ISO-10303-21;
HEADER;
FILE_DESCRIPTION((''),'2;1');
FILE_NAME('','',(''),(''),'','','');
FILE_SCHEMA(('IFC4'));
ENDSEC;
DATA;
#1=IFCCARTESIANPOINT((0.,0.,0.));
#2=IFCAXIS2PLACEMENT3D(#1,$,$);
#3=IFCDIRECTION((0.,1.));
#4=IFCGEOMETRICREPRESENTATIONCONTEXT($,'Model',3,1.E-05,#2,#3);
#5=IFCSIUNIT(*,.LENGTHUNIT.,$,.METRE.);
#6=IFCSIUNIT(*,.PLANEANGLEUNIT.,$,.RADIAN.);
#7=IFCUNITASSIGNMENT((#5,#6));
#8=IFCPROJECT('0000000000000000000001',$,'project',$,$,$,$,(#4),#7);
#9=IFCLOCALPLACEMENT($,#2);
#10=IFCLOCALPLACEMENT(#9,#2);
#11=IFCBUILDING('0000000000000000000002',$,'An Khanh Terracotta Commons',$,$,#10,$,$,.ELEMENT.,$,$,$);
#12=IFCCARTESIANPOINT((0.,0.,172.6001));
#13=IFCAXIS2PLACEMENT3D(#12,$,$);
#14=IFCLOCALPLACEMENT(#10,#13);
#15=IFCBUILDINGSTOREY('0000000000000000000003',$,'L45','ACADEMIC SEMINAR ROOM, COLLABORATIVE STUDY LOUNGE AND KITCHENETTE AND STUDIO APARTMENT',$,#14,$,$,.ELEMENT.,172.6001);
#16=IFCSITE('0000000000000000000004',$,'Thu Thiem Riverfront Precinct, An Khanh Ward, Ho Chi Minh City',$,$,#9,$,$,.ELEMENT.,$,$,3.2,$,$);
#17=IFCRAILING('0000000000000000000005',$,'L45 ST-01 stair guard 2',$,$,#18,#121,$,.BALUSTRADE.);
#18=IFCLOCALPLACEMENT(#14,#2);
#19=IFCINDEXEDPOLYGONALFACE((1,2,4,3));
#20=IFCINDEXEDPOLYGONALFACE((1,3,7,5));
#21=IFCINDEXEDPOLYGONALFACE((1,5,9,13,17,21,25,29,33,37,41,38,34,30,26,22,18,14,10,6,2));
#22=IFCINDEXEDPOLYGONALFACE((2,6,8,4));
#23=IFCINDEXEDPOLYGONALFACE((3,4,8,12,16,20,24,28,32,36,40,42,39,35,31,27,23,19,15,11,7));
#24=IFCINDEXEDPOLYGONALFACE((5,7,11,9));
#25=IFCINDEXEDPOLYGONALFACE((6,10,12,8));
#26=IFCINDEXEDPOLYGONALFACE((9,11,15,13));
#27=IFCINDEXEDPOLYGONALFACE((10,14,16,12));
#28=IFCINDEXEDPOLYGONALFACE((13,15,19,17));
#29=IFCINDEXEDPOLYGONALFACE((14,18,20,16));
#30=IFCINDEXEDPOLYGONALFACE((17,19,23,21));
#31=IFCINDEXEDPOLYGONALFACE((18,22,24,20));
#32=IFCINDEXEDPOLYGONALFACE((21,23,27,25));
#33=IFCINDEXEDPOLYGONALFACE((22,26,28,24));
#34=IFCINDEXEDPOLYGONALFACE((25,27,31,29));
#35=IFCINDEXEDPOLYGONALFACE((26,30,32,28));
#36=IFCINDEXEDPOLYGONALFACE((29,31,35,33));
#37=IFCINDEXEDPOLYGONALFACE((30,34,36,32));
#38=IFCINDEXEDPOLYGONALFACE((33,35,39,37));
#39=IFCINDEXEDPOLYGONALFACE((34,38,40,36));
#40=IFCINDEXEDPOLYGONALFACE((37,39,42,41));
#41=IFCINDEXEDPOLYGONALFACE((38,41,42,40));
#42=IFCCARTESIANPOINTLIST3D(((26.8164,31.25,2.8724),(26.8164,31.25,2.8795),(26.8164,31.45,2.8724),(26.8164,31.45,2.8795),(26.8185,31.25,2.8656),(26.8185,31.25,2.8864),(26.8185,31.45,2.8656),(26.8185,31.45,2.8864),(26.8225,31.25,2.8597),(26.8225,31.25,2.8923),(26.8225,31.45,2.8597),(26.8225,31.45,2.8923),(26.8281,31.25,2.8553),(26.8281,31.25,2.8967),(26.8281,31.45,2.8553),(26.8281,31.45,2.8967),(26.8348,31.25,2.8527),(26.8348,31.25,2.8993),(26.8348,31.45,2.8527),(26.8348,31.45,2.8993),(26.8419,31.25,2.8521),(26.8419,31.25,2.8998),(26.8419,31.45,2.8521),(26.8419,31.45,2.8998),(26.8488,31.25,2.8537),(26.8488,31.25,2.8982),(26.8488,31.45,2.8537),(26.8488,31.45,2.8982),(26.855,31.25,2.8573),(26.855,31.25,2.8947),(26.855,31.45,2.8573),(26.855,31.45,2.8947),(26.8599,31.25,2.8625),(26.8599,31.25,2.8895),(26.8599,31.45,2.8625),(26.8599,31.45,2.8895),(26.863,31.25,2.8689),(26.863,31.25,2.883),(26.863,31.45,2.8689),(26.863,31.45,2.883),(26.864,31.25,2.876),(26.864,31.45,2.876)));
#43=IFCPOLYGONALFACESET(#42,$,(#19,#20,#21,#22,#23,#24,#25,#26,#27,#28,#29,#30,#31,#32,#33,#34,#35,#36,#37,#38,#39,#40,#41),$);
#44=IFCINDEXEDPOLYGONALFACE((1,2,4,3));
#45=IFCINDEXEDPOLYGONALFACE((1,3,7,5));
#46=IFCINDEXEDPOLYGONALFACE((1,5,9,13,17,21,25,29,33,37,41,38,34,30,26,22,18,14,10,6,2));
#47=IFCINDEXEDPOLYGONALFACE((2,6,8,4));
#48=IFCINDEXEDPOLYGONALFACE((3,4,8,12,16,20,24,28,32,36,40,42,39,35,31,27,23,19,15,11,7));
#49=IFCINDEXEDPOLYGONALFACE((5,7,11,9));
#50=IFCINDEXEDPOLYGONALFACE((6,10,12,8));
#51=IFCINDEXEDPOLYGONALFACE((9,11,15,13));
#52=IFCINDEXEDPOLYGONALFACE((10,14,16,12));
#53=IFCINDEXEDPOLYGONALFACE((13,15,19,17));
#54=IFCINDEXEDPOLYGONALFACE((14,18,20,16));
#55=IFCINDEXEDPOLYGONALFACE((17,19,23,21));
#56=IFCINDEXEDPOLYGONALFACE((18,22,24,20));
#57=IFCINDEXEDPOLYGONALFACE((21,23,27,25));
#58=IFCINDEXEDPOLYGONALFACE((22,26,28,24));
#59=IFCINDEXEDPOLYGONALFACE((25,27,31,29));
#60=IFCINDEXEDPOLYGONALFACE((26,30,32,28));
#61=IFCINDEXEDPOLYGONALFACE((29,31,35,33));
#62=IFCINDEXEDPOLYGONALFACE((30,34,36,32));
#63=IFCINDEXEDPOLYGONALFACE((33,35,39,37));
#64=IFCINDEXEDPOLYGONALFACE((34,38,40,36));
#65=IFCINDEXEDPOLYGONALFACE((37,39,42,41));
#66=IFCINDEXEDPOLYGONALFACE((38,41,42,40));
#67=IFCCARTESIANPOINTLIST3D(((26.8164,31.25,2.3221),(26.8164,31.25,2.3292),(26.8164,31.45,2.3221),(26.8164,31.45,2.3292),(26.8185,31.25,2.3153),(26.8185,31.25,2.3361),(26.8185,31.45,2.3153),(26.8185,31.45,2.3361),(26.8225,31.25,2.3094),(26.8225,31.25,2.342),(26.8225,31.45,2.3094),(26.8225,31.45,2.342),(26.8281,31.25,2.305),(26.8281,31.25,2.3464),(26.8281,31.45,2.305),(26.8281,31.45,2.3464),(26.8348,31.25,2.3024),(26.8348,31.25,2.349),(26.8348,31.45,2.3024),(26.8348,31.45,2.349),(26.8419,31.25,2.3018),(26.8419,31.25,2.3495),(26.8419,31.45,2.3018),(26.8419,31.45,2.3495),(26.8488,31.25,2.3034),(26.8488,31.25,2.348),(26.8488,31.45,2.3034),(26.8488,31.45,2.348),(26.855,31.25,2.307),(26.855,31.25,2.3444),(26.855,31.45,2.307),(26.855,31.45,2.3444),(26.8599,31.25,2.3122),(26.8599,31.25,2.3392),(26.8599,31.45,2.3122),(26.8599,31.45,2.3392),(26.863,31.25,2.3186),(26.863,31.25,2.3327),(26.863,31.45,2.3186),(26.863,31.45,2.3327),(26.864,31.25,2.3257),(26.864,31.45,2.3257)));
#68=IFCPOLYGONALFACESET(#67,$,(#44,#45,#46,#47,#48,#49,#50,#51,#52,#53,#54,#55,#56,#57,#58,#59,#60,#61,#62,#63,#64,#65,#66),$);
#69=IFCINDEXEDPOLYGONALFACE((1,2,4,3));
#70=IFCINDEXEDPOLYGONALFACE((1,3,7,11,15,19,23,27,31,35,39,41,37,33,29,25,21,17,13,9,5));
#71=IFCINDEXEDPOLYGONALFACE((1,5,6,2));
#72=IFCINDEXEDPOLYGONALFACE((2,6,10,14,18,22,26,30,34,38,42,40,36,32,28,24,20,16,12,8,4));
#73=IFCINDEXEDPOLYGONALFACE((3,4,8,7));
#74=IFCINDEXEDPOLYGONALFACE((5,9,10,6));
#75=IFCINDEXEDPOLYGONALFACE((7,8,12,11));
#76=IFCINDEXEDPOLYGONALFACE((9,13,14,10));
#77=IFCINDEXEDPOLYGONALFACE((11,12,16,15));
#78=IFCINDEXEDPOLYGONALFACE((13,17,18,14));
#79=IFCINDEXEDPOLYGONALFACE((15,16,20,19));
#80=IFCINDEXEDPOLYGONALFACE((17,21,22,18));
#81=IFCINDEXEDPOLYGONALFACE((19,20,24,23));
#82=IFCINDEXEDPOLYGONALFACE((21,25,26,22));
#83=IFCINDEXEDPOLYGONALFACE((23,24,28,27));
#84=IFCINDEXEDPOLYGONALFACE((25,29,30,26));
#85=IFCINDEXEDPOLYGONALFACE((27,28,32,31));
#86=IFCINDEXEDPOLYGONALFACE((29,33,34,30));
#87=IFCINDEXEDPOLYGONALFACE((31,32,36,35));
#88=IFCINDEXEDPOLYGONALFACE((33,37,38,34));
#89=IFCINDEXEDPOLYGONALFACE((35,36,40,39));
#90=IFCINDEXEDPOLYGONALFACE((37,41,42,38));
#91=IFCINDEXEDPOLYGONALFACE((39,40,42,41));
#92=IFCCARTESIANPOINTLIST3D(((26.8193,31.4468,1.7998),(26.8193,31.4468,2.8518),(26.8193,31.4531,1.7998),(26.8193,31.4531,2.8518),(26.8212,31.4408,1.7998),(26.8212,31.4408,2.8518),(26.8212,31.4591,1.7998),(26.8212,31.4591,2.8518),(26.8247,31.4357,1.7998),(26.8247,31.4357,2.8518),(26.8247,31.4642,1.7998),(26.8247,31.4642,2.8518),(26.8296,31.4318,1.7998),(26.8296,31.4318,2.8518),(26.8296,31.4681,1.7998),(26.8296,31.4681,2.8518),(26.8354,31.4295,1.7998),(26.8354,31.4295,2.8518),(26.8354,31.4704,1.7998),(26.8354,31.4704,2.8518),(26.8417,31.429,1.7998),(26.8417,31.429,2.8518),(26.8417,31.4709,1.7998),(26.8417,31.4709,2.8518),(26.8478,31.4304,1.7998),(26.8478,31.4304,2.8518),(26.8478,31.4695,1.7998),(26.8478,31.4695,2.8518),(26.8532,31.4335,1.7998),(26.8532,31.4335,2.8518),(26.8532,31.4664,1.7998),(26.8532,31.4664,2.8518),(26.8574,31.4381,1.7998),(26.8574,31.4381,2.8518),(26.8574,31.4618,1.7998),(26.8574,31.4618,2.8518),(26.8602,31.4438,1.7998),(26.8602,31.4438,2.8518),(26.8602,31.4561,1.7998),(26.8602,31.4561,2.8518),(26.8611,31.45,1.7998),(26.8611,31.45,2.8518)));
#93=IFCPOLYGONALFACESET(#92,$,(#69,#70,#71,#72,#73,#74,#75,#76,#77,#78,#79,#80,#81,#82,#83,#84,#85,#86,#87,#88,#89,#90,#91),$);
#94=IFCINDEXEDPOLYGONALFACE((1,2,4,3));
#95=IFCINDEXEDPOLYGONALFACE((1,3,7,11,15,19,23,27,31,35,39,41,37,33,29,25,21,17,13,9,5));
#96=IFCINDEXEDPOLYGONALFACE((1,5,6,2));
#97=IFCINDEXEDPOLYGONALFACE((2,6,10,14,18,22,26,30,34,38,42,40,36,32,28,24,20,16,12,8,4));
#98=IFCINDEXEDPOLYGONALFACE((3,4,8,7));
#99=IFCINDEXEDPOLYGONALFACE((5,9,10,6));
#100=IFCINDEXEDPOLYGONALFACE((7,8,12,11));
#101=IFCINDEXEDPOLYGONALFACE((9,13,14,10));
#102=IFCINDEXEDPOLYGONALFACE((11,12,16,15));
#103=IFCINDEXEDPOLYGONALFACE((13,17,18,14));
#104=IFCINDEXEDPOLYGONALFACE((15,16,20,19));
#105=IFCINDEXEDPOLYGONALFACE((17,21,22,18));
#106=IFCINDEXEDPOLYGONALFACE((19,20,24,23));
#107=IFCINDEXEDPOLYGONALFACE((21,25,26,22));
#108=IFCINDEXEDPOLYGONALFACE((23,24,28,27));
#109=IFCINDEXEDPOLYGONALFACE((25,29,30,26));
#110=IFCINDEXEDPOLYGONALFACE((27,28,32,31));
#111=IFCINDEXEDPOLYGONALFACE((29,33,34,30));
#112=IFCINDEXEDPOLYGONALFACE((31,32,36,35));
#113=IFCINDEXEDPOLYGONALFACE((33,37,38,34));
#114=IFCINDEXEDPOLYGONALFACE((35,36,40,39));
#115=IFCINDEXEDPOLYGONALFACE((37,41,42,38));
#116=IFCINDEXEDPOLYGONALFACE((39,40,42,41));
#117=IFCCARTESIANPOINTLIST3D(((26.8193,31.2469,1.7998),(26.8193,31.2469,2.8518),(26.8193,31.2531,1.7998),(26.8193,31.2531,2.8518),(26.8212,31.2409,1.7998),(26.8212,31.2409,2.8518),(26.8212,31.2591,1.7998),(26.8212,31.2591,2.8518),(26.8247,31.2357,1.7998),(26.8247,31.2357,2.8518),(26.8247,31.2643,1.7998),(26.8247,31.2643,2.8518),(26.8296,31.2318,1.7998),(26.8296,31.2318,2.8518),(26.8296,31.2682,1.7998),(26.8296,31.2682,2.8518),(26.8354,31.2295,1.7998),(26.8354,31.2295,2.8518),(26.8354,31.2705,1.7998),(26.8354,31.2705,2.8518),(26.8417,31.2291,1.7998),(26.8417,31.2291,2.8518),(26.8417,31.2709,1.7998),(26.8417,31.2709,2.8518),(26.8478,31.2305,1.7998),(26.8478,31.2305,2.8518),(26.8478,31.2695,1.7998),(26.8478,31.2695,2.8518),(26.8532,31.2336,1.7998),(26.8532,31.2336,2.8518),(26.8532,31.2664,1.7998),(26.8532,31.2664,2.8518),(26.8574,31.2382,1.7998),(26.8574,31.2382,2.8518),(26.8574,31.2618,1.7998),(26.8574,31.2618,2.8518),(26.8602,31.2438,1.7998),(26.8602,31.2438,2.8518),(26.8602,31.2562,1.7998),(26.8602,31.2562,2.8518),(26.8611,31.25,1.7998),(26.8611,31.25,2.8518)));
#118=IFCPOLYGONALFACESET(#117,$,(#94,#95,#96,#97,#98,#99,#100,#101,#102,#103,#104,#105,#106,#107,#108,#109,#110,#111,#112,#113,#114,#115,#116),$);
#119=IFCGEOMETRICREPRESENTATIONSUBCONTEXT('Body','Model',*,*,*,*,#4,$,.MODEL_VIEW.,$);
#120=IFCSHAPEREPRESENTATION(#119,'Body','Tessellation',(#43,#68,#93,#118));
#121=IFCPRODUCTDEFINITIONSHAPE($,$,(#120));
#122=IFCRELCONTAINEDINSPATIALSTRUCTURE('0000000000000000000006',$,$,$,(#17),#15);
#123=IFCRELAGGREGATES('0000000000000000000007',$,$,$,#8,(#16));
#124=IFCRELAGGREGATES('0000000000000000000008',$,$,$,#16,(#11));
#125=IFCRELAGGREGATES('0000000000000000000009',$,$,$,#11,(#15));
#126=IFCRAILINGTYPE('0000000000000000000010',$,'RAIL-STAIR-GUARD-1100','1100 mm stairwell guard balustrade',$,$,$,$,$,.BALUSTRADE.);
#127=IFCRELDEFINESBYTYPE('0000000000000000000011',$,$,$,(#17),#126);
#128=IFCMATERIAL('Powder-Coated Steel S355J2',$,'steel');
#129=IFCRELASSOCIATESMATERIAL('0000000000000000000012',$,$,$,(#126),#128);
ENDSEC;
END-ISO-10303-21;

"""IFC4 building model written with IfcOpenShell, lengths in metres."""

from ifc_helpers import new_model, si_unit, direction, frame, origin, origin_2d, place, context, subcontext, project, spatial, circle, extrude, material, type_object, element, save


model = new_model("IFC4")

# Units and contexts
model_context = context("Model", 3, precision=1e-05, world=origin(), true_north=direction((0.0, 1.0)))
body_context = subcontext(model_context, "Body", "Model", "MODEL_VIEW")
ifc_project = project(units=[si_unit("LENGTHUNIT", "METRE"), si_unit("PLANEANGLEUNIT", "RADIAN")], contexts=[model_context])

# Site, building, storey
site_placement = place(None, origin())
site = spatial("IfcSite", under=ifc_project, at=site_placement, Name="Thu Thiem Riverfront Precinct, An Khanh Ward, Ho Chi Minh City", CompositionType="ELEMENT", RefElevation=3.2)
building_placement = place(site_placement, origin())
building = spatial("IfcBuilding", under=site, at=building_placement, Name="An Khanh Terracotta Commons", CompositionType="ELEMENT")
storey_placement = place(building_placement, frame((0.0, 0.0, 172.6001)))
storey = spatial("IfcBuildingStorey", under=building, at=storey_placement, Name="L45", Description="ACADEMIC SEMINAR ROOM, COLLABORATIVE STUDY LOUNGE AND KITCHENETTE AND STUDIO APARTMENT", CompositionType="ELEMENT", Elevation=172.6001)

# Railing
ifc_material_1 = material(Name="Powder-Coated Steel S355J2", Category="steel")
railing_type_1 = type_object("IfcRailingType", Name="RAIL-STAIR-GUARD-1100", Description="1100 mm stairwell guard balustrade", PredefinedType="BALUSTRADE", material=ifc_material_1)
railing_1_placement = place(storey_placement, frame((26.8401, 31.45, 1.7998)))
element("IfcRailing", 1, at=railing_1_placement, inside=storey, type_object=railing_type_1, Name="L45 ST-01 stair guard 2", PredefinedType="BALUSTRADE", context=body_context, shape_type="SweptSolid", body=[
    extrude(circle(Radius=0.0239, at=origin_2d()), frame((0.0, 0.0, 1.0762), z_axis=(0.0, -1.0, 0.0), x_axis=(1.0, 0.0, 0.0)), (0.0, 0.0, 1.0), 0.2),
    extrude(circle(Radius=0.0239, at=origin_2d()), frame((0.0, 0.0, 0.5259), z_axis=(0.0, -1.0, 0.0), x_axis=(1.0, 0.0, 0.0)), (0.0, 0.0, 1.0), 0.2),
    extrude(circle(Radius=0.021, at=origin_2d()), origin(), (0.0, 0.0, 1.0), 1.052),
    extrude(circle(Radius=0.021, at=origin_2d()), frame((0.0, -0.2, 0.0)), (0.0, 0.0, 1.0), 1.052),
])

save(model, "model.ifc")
